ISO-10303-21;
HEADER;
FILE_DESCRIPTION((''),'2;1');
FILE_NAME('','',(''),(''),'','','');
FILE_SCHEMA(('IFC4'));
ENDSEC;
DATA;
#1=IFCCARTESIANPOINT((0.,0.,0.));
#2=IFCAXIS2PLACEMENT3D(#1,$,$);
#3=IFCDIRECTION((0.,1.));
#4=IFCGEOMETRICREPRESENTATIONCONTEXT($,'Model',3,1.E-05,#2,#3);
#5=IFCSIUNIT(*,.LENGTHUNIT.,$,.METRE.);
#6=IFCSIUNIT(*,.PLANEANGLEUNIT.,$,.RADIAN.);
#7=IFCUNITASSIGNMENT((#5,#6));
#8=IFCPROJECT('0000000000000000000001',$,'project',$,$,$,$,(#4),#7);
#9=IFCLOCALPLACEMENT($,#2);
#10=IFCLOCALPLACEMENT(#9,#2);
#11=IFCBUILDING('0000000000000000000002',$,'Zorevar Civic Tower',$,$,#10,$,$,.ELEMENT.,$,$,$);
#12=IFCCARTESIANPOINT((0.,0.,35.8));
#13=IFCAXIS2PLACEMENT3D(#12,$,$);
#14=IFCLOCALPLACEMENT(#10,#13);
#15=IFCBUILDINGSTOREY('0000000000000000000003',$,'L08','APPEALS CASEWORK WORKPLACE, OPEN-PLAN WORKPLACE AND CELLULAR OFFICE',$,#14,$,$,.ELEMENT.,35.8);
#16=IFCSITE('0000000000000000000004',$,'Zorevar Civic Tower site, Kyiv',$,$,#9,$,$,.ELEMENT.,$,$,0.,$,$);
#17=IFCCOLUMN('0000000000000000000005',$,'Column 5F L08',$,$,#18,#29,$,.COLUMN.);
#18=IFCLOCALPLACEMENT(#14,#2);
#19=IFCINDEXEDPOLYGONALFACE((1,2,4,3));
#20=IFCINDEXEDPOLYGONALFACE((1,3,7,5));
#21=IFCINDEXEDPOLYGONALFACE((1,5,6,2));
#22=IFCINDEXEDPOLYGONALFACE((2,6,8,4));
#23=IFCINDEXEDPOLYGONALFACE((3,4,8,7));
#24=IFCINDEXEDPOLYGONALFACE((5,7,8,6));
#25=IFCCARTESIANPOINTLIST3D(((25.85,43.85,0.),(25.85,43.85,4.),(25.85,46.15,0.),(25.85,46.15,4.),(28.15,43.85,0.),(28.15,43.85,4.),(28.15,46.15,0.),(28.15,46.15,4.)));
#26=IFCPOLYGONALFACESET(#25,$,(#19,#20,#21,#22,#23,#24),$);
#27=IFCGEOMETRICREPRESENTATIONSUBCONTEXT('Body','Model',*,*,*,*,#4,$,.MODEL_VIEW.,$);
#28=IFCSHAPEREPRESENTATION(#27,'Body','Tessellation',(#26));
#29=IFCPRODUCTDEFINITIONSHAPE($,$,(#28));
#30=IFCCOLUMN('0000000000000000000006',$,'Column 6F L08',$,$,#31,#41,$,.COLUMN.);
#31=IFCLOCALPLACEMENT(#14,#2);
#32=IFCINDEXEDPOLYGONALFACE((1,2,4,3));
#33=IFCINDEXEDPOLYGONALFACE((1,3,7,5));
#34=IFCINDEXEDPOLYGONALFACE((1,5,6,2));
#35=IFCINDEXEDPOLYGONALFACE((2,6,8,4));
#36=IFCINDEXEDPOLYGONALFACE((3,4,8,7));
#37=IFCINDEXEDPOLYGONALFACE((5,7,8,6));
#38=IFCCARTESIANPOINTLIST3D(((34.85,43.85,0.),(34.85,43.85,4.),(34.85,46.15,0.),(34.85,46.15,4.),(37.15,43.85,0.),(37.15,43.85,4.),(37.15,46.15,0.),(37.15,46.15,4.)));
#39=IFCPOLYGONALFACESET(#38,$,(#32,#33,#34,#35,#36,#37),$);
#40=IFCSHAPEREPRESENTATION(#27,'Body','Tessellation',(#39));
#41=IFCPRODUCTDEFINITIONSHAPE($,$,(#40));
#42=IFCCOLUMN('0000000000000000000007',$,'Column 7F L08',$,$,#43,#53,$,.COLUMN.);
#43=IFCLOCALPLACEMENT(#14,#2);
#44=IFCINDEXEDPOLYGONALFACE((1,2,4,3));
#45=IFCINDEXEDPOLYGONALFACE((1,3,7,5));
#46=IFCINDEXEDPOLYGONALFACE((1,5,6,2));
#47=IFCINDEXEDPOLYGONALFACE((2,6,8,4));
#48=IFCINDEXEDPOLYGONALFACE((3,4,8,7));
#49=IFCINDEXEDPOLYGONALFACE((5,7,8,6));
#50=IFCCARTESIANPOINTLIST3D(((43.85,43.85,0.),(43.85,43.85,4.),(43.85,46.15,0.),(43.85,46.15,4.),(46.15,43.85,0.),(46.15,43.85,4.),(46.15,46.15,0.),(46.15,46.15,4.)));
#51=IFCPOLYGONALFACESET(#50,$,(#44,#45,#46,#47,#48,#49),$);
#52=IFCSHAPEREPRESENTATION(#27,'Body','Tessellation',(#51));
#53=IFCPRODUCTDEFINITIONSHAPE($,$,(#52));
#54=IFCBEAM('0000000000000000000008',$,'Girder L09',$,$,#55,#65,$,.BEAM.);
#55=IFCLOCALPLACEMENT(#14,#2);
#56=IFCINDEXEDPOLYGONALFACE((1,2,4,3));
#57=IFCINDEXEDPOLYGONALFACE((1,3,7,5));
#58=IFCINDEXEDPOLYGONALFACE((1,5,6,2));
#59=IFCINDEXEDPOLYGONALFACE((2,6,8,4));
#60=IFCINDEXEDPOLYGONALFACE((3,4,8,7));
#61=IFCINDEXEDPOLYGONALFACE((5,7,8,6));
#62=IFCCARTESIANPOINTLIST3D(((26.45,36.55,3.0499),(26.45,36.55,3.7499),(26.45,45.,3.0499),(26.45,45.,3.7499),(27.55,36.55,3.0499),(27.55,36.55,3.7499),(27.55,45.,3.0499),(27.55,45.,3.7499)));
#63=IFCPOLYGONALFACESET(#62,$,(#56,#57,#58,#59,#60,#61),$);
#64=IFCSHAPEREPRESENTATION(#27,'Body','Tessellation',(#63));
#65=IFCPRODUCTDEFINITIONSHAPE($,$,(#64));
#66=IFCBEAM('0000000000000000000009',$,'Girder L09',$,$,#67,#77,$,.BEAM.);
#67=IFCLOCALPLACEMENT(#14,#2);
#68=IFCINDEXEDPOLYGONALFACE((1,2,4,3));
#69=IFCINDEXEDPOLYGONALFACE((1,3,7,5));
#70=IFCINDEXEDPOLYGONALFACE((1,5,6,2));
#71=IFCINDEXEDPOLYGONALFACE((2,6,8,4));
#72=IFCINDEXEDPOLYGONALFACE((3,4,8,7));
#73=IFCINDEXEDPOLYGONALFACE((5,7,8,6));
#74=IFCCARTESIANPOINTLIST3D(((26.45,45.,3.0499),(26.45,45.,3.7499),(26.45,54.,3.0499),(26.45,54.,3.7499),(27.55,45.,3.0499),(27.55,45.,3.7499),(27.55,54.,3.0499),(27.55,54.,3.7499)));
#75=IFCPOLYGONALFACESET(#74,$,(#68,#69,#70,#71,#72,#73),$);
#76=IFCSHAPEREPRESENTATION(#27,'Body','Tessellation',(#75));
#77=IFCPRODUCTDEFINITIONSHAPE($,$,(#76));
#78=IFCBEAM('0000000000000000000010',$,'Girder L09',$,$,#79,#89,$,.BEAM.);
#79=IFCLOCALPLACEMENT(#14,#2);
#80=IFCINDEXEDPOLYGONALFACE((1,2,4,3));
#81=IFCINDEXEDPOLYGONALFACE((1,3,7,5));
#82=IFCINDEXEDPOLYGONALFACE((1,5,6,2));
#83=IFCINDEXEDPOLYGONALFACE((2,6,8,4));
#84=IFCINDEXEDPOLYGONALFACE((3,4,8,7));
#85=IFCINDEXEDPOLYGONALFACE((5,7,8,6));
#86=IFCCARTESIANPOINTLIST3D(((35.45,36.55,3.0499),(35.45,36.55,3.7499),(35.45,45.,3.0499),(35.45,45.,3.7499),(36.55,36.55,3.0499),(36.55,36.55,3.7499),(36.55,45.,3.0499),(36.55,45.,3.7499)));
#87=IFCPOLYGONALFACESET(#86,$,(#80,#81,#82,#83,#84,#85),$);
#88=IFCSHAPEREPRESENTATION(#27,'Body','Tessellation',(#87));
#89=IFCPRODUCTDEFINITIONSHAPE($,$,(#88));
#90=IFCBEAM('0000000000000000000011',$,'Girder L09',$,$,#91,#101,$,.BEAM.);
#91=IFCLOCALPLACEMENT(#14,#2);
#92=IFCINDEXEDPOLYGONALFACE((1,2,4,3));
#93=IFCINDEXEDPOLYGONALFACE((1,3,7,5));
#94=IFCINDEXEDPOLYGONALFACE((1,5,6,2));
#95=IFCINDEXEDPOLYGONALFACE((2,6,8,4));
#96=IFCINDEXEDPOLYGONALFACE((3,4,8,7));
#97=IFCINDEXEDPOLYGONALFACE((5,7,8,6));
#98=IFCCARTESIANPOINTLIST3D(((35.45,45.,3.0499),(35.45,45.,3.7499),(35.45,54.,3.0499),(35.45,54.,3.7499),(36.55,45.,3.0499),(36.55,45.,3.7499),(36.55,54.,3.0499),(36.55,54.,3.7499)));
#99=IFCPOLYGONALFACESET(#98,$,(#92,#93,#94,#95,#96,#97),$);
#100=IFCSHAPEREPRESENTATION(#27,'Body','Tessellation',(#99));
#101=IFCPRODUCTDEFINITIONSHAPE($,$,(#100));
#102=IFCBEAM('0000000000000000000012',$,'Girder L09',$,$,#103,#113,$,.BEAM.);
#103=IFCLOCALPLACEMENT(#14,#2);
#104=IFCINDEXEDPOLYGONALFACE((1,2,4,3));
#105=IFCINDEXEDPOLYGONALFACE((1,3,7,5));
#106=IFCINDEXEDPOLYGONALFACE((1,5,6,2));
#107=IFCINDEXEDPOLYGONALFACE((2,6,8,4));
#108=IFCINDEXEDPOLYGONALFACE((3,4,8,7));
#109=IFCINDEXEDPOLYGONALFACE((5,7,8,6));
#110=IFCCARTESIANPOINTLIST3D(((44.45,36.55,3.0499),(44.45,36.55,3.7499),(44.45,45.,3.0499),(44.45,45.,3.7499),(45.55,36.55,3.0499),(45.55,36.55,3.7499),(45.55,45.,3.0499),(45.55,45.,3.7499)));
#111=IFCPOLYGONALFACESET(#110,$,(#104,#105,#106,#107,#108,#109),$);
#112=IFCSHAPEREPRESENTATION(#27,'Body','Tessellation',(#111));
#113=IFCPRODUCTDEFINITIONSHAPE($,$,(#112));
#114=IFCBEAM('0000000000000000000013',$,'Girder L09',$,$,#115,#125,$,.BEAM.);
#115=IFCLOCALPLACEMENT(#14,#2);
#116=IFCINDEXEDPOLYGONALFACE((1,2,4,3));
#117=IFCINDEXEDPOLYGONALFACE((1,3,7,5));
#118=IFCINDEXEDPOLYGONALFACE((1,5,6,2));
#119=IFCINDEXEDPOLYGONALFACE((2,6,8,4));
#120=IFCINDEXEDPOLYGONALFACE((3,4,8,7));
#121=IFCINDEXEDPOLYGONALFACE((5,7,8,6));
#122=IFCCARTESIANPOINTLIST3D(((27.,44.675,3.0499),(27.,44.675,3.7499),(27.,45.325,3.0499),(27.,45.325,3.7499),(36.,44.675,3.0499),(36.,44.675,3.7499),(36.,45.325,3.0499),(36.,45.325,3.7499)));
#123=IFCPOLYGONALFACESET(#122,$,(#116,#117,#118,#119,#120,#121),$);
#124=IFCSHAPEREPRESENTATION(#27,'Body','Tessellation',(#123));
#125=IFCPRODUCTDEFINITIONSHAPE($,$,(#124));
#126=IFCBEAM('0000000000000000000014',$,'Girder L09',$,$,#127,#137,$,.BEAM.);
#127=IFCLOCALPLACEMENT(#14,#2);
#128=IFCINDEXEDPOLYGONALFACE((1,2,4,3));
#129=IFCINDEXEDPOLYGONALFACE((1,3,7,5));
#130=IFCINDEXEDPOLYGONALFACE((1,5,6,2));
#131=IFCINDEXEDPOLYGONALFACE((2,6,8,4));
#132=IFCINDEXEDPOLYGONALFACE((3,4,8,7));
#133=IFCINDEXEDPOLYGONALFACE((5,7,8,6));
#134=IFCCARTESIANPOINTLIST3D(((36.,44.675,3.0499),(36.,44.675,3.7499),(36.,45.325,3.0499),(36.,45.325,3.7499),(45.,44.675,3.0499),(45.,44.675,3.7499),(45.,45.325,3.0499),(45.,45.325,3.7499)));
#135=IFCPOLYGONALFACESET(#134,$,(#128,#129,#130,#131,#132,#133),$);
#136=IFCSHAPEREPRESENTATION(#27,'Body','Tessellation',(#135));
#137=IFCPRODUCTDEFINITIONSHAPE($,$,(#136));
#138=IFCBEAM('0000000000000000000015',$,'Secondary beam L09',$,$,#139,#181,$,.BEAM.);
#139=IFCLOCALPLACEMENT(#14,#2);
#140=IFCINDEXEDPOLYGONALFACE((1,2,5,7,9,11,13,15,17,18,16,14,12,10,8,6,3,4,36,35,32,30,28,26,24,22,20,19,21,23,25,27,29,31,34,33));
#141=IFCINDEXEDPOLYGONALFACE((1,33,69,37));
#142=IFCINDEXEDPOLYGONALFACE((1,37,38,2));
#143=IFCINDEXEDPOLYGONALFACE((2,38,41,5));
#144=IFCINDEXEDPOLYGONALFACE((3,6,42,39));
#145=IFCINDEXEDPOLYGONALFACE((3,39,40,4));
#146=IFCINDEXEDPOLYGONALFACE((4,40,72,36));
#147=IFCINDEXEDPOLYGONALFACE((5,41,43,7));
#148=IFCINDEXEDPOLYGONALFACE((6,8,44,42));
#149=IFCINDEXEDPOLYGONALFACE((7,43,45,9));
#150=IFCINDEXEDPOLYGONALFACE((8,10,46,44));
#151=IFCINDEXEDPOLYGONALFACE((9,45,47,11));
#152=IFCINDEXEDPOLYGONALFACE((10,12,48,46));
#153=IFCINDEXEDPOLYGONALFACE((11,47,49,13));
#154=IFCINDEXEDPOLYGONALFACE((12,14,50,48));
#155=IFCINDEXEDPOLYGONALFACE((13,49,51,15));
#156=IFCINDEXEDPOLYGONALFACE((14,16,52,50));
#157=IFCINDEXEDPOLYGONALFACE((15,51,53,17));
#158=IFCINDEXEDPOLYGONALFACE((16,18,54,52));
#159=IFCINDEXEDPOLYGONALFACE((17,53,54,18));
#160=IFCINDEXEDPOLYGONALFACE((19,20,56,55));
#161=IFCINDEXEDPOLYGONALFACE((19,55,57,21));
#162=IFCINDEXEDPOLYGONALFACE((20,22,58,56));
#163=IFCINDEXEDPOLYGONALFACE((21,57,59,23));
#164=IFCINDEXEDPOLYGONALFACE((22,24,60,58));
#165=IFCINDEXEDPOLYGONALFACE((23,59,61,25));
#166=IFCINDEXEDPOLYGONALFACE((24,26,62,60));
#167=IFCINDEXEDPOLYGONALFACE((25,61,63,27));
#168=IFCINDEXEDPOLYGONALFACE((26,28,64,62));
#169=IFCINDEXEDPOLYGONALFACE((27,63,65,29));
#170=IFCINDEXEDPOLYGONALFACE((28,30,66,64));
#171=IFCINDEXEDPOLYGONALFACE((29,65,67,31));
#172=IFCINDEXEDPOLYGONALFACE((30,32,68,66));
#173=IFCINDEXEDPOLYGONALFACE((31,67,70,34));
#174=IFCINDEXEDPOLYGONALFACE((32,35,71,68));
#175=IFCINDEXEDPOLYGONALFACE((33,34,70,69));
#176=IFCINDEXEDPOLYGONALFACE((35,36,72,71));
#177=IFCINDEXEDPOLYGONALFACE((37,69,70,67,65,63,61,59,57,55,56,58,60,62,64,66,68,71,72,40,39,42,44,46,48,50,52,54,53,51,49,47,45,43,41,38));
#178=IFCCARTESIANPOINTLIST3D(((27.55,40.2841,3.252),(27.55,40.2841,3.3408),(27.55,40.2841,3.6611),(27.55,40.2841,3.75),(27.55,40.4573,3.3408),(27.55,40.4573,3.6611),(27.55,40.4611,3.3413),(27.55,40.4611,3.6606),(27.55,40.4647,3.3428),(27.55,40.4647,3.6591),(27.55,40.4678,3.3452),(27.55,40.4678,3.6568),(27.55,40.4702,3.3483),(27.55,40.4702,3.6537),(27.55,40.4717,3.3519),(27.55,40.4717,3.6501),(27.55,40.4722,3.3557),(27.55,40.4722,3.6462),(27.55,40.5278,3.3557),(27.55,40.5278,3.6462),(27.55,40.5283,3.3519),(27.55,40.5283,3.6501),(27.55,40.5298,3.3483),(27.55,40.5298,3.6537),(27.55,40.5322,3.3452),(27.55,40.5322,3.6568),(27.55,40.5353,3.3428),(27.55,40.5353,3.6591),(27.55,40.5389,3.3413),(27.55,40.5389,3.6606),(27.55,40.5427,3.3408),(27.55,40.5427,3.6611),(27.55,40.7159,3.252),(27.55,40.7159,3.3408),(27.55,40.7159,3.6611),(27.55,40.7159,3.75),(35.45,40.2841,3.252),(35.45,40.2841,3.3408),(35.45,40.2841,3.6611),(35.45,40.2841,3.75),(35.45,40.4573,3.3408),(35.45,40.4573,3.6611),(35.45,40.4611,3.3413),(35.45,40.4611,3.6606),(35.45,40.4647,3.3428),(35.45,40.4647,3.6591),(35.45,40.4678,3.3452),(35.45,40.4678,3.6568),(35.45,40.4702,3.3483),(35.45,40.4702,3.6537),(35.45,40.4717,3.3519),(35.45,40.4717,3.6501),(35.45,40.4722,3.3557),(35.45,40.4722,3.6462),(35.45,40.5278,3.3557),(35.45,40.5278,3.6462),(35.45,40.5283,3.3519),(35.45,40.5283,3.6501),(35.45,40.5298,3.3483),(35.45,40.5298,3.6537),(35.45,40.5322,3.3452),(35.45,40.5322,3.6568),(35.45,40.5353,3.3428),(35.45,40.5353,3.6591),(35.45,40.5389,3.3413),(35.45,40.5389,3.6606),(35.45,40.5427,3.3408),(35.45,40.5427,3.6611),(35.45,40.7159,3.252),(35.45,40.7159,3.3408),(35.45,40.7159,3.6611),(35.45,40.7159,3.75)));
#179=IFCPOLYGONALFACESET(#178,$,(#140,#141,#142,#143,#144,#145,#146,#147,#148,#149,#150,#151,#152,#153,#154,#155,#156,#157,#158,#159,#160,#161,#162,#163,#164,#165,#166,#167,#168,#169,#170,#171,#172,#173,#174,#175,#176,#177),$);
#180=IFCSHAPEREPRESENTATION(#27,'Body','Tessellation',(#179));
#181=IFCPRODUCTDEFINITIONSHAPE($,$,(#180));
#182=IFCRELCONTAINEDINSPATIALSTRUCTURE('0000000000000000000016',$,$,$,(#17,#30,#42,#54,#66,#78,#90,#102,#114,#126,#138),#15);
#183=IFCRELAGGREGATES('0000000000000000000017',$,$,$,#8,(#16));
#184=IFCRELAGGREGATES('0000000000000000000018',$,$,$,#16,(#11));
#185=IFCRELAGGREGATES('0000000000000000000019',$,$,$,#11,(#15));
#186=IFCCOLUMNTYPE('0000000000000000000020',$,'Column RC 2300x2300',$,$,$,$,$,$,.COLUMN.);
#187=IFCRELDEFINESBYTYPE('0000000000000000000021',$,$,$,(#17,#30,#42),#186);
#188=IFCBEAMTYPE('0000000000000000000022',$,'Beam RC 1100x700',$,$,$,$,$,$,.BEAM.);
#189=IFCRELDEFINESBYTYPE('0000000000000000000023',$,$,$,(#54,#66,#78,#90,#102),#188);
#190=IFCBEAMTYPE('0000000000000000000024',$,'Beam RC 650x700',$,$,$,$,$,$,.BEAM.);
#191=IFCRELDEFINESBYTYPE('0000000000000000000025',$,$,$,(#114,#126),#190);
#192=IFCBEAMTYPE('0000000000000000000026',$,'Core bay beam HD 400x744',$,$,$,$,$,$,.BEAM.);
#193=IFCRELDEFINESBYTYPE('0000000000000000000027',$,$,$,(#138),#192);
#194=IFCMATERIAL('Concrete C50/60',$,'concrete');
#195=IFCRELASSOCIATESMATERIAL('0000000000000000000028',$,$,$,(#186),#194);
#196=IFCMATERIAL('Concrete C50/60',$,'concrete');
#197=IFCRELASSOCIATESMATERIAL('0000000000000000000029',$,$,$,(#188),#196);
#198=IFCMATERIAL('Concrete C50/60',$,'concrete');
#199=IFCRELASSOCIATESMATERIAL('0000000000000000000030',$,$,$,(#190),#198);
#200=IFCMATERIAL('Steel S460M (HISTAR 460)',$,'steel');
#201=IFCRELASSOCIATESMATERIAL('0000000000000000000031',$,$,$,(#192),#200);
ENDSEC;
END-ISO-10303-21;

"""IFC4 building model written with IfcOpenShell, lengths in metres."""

from ifc_helpers import new_model, si_unit, direction, frame, origin, origin_2d, place, context, subcontext, project, spatial, rectangle, i_section, extrude, material, material_profile, profile_set, type_object, element, save


model = new_model("IFC4")

# Units and contexts
model_context = context("Model", 3, precision=1e-05, world=origin(), true_north=direction((0.0, 1.0)))
body_context = subcontext(model_context, "Body", "Model", "MODEL_VIEW")
ifc_project = project(units=[si_unit("LENGTHUNIT", "METRE"), si_unit("PLANEANGLEUNIT", "RADIAN")], contexts=[model_context])

# Site, building, storey
site_placement = place(None, origin())
site = spatial("IfcSite", under=ifc_project, at=site_placement, Name="Zorevar Civic Tower site, Kyiv", CompositionType="ELEMENT", RefElevation=0.0)
building_placement = place(site_placement, origin())
building = spatial("IfcBuilding", under=site, at=building_placement, Name="Zorevar Civic Tower", CompositionType="ELEMENT")
storey_placement = place(building_placement, frame((0.0, 0.0, 35.8)))
storey = spatial("IfcBuildingStorey", under=building, at=storey_placement, Name="L08", Description="APPEALS CASEWORK WORKPLACE, OPEN-PLAN WORKPLACE AND CELLULAR OFFICE", CompositionType="ELEMENT", Elevation=35.8)

# Columns
ifc_material_1 = material(Name="Concrete C50/60", Category="concrete")
ifc_material_profile_1 = material_profile(ifc_material_1, rectangle(XDim=2.3, YDim=2.3, at=origin_2d()), Name="RC 2300x2300")
ifc_profile_set_1 = profile_set([ifc_material_profile_1], Name="Concrete C50/60")
column_type = type_object("IfcColumnType", Name="Column RC 2300x2300", PredefinedType="COLUMN", material=ifc_profile_set_1)
for number, where, z_axis, x_axis, name in (
    (1, (27.0, 45.0, 0.0), (0.0, 0.0, 1.0), (1.0, 0.0, 0.0), "Column 5F L08"),
    (2, (36.0, 45.0, 0.0), (0.0, 0.0, 1.0), (1.0, 0.0, 0.0), "Column 6F L08"),
    (3, (45.0, 45.0, 0.0), (0.0, 0.0, 1.0), (1.0, 0.0, 0.0), "Column 7F L08"),
):
    element("IfcColumn", number, at=place(storey_placement, frame(where, z_axis=z_axis, x_axis=x_axis)), inside=storey, type_object=column_type, Name=name, PredefinedType="COLUMN", context=body_context, shape_type="SweptSolid", body=[
        extrude(rectangle(XDim=2.3, YDim=2.3, at=origin_2d()), origin(), (0.0, 0.0, 1.0), 4.0),
    ])

# Beams
ifc_material_2 = material(Name="Concrete C50/60", Category="concrete")
ifc_material_profile_2 = material_profile(ifc_material_2, rectangle(XDim=1.1001, YDim=0.7, at=origin_2d()), Name="RC 1100x700")
ifc_profile_set_2 = profile_set([ifc_material_profile_2], Name="Concrete C50/60")
beam_type_1 = type_object("IfcBeamType", Name="Beam RC 1100x700", PredefinedType="BEAM", material=ifc_profile_set_2)
beam_1_placement = place(storey_placement, frame((27.0, 36.55, 3.3999), z_axis=(0.0, 1.0, 0.0), x_axis=(-1.0, 0.0, 0.0)))
element("IfcBeam", 4, at=beam_1_placement, inside=storey, type_object=beam_type_1, Name="Girder L09", PredefinedType="BEAM", context=body_context, shape_type="SweptSolid", body=[
    extrude(rectangle(XDim=1.1001, YDim=0.7, at=origin_2d()), origin(), (0.0, 0.0, 1.0), 8.45),
])
beam_2_placement = place(storey_placement, frame((27.0, 45.0, 3.3999), z_axis=(0.0, 1.0, 0.0), x_axis=(-1.0, 0.0, 0.0)))
element("IfcBeam", 5, at=beam_2_placement, inside=storey, type_object=beam_type_1, Name="Girder L09", PredefinedType="BEAM", context=body_context, shape_type="SweptSolid", body=[
    extrude(rectangle(XDim=1.1001, YDim=0.7, at=origin_2d()), origin(), (0.0, 0.0, 1.0), 9.0),
])
beam_3_placement = place(storey_placement, frame((36.0, 36.55, 3.3999), z_axis=(0.0, 1.0, 0.0), x_axis=(-1.0, 0.0, 0.0)))
element("IfcBeam", 6, at=beam_3_placement, inside=storey, type_object=beam_type_1, Name="Girder L09", PredefinedType="BEAM", context=body_context, shape_type="SweptSolid", body=[
    extrude(rectangle(XDim=1.1001, YDim=0.7, at=origin_2d()), origin(), (0.0, 0.0, 1.0), 8.45),
])
beam_4_placement = place(storey_placement, frame((36.0, 45.0, 3.3999), z_axis=(0.0, 1.0, 0.0), x_axis=(-1.0, 0.0, 0.0)))
element("IfcBeam", 7, at=beam_4_placement, inside=storey, type_object=beam_type_1, Name="Girder L09", PredefinedType="BEAM", context=body_context, shape_type="SweptSolid", body=[
    extrude(rectangle(XDim=1.1001, YDim=0.7, at=origin_2d()), origin(), (0.0, 0.0, 1.0), 9.0),
])
beam_5_placement = place(storey_placement, frame((45.0, 36.55, 3.3999), z_axis=(0.0, 1.0, 0.0), x_axis=(-1.0, 0.0, 0.0)))
element("IfcBeam", 8, at=beam_5_placement, inside=storey, type_object=beam_type_1, Name="Girder L09", PredefinedType="BEAM", context=body_context, shape_type="SweptSolid", body=[
    extrude(rectangle(XDim=1.1001, YDim=0.7, at=origin_2d()), origin(), (0.0, 0.0, 1.0), 8.45),
])
ifc_material_3 = material(Name="Concrete C50/60", Category="concrete")
ifc_material_profile_3 = material_profile(ifc_material_3, rectangle(XDim=0.6499, YDim=0.7, at=origin_2d()), Name="RC 650x700")
ifc_profile_set_3 = profile_set([ifc_material_profile_3], Name="Concrete C50/60")
beam_type_2 = type_object("IfcBeamType", Name="Beam RC 650x700", PredefinedType="BEAM", material=ifc_profile_set_3)
for number, where, z_axis, x_axis, name in (
    (9, (27.0, 45.0, 3.3999), (1.0, 0.0, 0.0), (0.0, 1.0, 0.0), "Girder L09"),
    (10, (36.0, 45.0, 3.3999), (1.0, 0.0, 0.0), (0.0, 1.0, 0.0), "Girder L09"),
):
    element("IfcBeam", number, at=place(storey_placement, frame(where, z_axis=z_axis, x_axis=x_axis)), inside=storey, type_object=beam_type_2, Name=name, PredefinedType="BEAM", context=body_context, shape_type="SweptSolid", body=[
        extrude(rectangle(XDim=0.6499, YDim=0.7, at=origin_2d()), origin(), (0.0, 0.0, 1.0), 9.0),
    ])
ifc_material_4 = material(Name="Steel S460M (HISTAR 460)", Category="steel")
ifc_material_profile_4 = material_profile(ifc_material_4, i_section(OverallWidth=0.4319, OverallDepth=0.498, WebThickness=0.0557, FlangeThickness=0.0889, FilletRadius=0.0149, at=origin_2d()), Name="HD 400x744")
ifc_profile_set_4 = profile_set([ifc_material_profile_4], Name="Steel S460M (HISTAR 460)")
beam_type_3 = type_object("IfcBeamType", Name="Core bay beam HD 400x744", PredefinedType="BEAM", material=ifc_profile_set_4)
for number, where, z_axis, x_axis, name in (
    (11, (27.55, 40.5, 3.501), (1.0, 0.0, 0.0), (0.0, 1.0, 0.0), "Secondary beam L09"),
):
    element("IfcBeam", number, at=place(storey_placement, frame(where, z_axis=z_axis, x_axis=x_axis)), inside=storey, type_object=beam_type_3, Name=name, PredefinedType="BEAM", context=body_context, shape_type="SweptSolid", body=[
        extrude(i_section(OverallWidth=0.4319, OverallDepth=0.498, WebThickness=0.0557, FlangeThickness=0.0889, FilletRadius=0.0149, at=origin_2d()), origin(), (0.0, 0.0, 1.0), 7.8999),
    ])

save(model, "model.ifc")
